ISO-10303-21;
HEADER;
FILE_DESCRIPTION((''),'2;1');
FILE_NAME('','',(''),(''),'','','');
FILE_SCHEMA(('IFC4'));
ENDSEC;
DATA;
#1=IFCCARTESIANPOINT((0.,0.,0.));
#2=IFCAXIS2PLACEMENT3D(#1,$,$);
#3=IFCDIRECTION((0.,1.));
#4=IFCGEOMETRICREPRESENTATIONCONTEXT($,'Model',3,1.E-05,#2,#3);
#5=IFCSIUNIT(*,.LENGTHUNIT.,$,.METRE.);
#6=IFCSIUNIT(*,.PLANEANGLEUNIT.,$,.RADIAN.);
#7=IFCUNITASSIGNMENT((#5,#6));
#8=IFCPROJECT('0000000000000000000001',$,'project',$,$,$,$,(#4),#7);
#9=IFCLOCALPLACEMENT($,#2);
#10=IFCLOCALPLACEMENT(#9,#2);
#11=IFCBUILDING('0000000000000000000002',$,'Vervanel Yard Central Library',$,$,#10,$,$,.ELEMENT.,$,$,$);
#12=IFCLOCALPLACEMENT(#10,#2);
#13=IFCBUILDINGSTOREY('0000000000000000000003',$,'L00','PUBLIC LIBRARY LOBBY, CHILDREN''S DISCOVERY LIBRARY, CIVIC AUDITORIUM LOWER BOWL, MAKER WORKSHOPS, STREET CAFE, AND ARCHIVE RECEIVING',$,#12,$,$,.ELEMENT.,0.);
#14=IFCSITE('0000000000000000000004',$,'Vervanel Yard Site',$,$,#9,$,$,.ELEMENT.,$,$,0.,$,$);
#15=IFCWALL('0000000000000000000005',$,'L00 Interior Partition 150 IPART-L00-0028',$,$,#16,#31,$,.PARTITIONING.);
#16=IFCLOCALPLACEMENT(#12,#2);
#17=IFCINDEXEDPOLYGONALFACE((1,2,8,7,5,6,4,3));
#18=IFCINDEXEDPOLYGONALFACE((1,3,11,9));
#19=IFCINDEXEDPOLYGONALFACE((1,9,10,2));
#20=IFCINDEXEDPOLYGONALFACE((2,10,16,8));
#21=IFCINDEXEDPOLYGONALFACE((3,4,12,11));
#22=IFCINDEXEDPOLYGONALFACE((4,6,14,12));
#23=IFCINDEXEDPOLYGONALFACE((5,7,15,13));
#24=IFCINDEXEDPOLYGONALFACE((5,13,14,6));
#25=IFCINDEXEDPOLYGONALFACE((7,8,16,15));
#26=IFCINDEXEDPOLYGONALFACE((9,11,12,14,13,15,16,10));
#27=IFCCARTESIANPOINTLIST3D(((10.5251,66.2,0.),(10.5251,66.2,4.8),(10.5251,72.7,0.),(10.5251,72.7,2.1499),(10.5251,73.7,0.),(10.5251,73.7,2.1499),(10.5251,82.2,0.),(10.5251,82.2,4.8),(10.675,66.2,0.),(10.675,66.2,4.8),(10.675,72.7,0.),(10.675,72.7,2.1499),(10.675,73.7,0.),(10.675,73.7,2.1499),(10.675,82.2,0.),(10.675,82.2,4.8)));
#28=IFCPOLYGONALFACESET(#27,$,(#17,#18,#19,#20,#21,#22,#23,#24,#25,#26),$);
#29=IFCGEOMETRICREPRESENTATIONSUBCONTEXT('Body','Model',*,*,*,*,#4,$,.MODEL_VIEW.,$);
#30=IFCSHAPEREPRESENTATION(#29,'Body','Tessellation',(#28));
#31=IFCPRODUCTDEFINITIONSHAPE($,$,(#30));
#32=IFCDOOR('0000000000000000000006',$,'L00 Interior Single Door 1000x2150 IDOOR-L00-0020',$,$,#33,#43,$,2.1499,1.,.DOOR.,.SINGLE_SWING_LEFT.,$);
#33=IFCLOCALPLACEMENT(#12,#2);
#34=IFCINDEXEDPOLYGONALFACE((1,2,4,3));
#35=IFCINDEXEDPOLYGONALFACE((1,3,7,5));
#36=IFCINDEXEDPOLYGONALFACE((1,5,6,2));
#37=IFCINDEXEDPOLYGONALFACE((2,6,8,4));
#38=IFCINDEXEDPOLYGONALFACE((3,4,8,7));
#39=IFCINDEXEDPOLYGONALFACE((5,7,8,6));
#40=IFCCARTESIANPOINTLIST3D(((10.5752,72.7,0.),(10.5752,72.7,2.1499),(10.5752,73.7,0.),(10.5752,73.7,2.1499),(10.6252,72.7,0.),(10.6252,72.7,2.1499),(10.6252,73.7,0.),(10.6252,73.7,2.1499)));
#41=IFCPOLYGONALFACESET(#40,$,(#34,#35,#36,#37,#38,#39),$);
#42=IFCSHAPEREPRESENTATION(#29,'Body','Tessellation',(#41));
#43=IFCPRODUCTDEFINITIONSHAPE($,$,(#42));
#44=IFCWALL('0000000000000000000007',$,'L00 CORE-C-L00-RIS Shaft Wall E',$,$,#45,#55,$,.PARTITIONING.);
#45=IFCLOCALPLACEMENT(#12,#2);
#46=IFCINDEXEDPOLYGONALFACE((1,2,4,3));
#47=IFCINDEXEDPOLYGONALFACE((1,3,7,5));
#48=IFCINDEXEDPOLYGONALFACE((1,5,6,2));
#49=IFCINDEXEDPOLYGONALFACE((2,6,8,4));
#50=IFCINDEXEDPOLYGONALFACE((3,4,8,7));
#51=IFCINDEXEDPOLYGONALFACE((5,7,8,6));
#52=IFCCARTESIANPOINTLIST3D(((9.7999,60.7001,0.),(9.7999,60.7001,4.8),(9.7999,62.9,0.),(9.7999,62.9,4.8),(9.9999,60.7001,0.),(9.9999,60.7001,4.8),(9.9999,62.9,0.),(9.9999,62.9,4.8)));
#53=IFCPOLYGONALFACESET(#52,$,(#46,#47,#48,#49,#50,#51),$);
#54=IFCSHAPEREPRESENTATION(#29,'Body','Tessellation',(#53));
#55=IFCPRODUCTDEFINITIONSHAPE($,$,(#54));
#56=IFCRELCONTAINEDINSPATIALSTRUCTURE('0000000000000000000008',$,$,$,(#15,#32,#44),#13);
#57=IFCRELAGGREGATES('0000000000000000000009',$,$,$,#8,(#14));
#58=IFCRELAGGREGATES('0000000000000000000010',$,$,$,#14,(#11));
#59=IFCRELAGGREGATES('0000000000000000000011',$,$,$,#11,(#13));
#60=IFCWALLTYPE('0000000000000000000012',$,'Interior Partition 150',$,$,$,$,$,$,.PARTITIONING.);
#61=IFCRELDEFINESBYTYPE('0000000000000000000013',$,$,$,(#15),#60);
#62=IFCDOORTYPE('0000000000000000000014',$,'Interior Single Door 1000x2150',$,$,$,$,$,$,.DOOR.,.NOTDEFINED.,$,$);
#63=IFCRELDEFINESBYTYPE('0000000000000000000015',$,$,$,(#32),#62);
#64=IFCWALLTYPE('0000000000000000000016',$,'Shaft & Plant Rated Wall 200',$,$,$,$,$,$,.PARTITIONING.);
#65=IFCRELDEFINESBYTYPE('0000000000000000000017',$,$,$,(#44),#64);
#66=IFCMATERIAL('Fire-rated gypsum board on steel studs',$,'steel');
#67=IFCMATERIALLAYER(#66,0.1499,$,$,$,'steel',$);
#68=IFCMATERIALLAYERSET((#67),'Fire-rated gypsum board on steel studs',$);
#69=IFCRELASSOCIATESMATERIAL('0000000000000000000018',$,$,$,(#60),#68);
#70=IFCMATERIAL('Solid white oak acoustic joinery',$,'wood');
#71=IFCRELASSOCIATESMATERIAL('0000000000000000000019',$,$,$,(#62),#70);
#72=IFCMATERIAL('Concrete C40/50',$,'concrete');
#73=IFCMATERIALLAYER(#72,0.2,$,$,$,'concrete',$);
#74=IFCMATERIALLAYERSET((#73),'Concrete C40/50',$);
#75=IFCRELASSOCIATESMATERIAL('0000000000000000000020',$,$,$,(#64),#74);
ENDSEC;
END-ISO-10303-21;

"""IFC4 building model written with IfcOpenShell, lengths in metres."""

from ifc_helpers import new_model, si_unit, direction, frame, frame_2d, origin, place, context, subcontext, project, spatial, rectangle, extrude, material, layer, layer_set, type_object, element, fill, save


model = new_model("IFC4")

# Units and contexts
model_context = context("Model", 3, precision=1e-05, world=origin(), true_north=direction((0.0, 1.0)))
body_context = subcontext(model_context, "Body", "Model", "MODEL_VIEW")
ifc_project = project(units=[si_unit("LENGTHUNIT", "METRE"), si_unit("PLANEANGLEUNIT", "RADIAN")], contexts=[model_context])

# Site, building, storey
site_placement = place(None, origin())
site = spatial("IfcSite", under=ifc_project, at=site_placement, Name="Vervanel Yard Site", CompositionType="ELEMENT", RefElevation=0.0)
building_placement = place(site_placement, origin())
building = spatial("IfcBuilding", under=site, at=building_placement, Name="Vervanel Yard Central Library", CompositionType="ELEMENT")
storey_placement = place(building_placement, origin())
storey = spatial("IfcBuildingStorey", under=building, at=storey_placement, Name="L00", Description="PUBLIC LIBRARY LOBBY, CHILDREN'S DISCOVERY LIBRARY, CIVIC AUDITORIUM LOWER BOWL, MAKER WORKSHOPS, STREET CAFE, AND ARCHIVE RECEIVING", CompositionType="ELEMENT", Elevation=0.0)

# Shared definitions
ifc_material_1 = material(Name="Concrete C40/50", Category="concrete")

# Shared definitions
ifc_material_2 = material(Name="Fire-rated gypsum board on steel studs", Category="steel")
ifc_material_3 = material(Name="Solid white oak acoustic joinery", Category="wood")

# Shared definitions
ifc_layer_1 = layer(ifc_material_2, 0.1499, Category="steel")
ifc_layer_set_1 = layer_set([ifc_layer_1], Name="Fire-rated gypsum board on steel studs")
wall_type_1 = type_object("IfcWallType", Name="Interior Partition 150", PredefinedType="PARTITIONING", material=ifc_layer_set_1)

# Wall, opening, door
wall_1_placement = place(storey_placement, frame((10.6001, 66.2, 0.0), z_axis=(0.0, 0.0, 1.0), x_axis=(0.0, 1.0, 0.0)))
wall_1 = element("IfcWall", 1, at=wall_1_placement, inside=storey, type_object=wall_type_1, Name="L00 Interior Partition 150 IPART-L00-0028", PredefinedType="PARTITIONING", context=body_context, shape_type="SweptSolid", body=[
    extrude(rectangle(XDim=16.0, YDim=0.1499, at=frame_2d((8.0, 0.0))), origin(), (0.0, 0.0, 1.0), 4.8),
])
opening_1_placement = place(wall_1_placement, frame((6.5, 0.0, 0.0)))
opening_1 = element("IfcOpeningElement", 2, at=opening_1_placement, cuts=wall_1, PredefinedType="OPENING", context=body_context, shape_type="SweptSolid", body=[
    extrude(rectangle(XDim=1.0, YDim=2.1499, at=frame_2d((0.5, 1.075))), frame((0.0, 0.085, 0.0), z_axis=(0.0, -1.0, 0.0), x_axis=(1.0, 0.0, 0.0)), (0.0, 0.0, 1.0), 0.1699),
])
door_type_1 = type_object("IfcDoorType", Name="Interior Single Door 1000x2150", OperationType="NOTDEFINED", PredefinedType="DOOR", material=ifc_material_3)
door_1_placement = place(opening_1_placement, origin())
door_1 = element("IfcDoor", 3, at=door_1_placement, inside=storey, type_object=door_type_1, Name="L00 Interior Single Door 1000x2150 IDOOR-L00-0020", OperationType="SINGLE_SWING_LEFT", OverallHeight=2.1499, OverallWidth=1.0, PredefinedType="DOOR", context=body_context, shape_type="SweptSolid", body=[
    extrude(rectangle(XDim=1.0, YDim=2.1499, at=frame_2d((0.5, 1.075))), frame((0.0, 0.0249, 0.0), z_axis=(0.0, -1.0, 0.0), x_axis=(1.0, 0.0, 0.0)), (0.0, 0.0, 1.0), 0.05),
])
fill(opening_1, door_1)

# Wall
ifc_layer_2 = layer(ifc_material_1, 0.2, Category="concrete")
ifc_layer_set_2 = layer_set([ifc_layer_2], Name="Concrete C40/50")
wall_type_2 = type_object("IfcWallType", Name="Shaft & Plant Rated Wall 200", PredefinedType="PARTITIONING", material=ifc_layer_set_2)
wall_2_placement = place(storey_placement, frame((9.8999, 60.7, 0.0), z_axis=(0.0, 0.0, 1.0), x_axis=(0.0, 1.0, 0.0)))
element("IfcWall", 4, at=wall_2_placement, inside=storey, type_object=wall_type_2, Name="L00 CORE-C-L00-RIS Shaft Wall E", PredefinedType="PARTITIONING", context=body_context, shape_type="SweptSolid", body=[
    extrude(rectangle(XDim=2.2, YDim=0.2, at=frame_2d((1.1001, 0.0))), origin(), (0.0, 0.0, 1.0), 4.8),
])

save(model, "model.ifc")
